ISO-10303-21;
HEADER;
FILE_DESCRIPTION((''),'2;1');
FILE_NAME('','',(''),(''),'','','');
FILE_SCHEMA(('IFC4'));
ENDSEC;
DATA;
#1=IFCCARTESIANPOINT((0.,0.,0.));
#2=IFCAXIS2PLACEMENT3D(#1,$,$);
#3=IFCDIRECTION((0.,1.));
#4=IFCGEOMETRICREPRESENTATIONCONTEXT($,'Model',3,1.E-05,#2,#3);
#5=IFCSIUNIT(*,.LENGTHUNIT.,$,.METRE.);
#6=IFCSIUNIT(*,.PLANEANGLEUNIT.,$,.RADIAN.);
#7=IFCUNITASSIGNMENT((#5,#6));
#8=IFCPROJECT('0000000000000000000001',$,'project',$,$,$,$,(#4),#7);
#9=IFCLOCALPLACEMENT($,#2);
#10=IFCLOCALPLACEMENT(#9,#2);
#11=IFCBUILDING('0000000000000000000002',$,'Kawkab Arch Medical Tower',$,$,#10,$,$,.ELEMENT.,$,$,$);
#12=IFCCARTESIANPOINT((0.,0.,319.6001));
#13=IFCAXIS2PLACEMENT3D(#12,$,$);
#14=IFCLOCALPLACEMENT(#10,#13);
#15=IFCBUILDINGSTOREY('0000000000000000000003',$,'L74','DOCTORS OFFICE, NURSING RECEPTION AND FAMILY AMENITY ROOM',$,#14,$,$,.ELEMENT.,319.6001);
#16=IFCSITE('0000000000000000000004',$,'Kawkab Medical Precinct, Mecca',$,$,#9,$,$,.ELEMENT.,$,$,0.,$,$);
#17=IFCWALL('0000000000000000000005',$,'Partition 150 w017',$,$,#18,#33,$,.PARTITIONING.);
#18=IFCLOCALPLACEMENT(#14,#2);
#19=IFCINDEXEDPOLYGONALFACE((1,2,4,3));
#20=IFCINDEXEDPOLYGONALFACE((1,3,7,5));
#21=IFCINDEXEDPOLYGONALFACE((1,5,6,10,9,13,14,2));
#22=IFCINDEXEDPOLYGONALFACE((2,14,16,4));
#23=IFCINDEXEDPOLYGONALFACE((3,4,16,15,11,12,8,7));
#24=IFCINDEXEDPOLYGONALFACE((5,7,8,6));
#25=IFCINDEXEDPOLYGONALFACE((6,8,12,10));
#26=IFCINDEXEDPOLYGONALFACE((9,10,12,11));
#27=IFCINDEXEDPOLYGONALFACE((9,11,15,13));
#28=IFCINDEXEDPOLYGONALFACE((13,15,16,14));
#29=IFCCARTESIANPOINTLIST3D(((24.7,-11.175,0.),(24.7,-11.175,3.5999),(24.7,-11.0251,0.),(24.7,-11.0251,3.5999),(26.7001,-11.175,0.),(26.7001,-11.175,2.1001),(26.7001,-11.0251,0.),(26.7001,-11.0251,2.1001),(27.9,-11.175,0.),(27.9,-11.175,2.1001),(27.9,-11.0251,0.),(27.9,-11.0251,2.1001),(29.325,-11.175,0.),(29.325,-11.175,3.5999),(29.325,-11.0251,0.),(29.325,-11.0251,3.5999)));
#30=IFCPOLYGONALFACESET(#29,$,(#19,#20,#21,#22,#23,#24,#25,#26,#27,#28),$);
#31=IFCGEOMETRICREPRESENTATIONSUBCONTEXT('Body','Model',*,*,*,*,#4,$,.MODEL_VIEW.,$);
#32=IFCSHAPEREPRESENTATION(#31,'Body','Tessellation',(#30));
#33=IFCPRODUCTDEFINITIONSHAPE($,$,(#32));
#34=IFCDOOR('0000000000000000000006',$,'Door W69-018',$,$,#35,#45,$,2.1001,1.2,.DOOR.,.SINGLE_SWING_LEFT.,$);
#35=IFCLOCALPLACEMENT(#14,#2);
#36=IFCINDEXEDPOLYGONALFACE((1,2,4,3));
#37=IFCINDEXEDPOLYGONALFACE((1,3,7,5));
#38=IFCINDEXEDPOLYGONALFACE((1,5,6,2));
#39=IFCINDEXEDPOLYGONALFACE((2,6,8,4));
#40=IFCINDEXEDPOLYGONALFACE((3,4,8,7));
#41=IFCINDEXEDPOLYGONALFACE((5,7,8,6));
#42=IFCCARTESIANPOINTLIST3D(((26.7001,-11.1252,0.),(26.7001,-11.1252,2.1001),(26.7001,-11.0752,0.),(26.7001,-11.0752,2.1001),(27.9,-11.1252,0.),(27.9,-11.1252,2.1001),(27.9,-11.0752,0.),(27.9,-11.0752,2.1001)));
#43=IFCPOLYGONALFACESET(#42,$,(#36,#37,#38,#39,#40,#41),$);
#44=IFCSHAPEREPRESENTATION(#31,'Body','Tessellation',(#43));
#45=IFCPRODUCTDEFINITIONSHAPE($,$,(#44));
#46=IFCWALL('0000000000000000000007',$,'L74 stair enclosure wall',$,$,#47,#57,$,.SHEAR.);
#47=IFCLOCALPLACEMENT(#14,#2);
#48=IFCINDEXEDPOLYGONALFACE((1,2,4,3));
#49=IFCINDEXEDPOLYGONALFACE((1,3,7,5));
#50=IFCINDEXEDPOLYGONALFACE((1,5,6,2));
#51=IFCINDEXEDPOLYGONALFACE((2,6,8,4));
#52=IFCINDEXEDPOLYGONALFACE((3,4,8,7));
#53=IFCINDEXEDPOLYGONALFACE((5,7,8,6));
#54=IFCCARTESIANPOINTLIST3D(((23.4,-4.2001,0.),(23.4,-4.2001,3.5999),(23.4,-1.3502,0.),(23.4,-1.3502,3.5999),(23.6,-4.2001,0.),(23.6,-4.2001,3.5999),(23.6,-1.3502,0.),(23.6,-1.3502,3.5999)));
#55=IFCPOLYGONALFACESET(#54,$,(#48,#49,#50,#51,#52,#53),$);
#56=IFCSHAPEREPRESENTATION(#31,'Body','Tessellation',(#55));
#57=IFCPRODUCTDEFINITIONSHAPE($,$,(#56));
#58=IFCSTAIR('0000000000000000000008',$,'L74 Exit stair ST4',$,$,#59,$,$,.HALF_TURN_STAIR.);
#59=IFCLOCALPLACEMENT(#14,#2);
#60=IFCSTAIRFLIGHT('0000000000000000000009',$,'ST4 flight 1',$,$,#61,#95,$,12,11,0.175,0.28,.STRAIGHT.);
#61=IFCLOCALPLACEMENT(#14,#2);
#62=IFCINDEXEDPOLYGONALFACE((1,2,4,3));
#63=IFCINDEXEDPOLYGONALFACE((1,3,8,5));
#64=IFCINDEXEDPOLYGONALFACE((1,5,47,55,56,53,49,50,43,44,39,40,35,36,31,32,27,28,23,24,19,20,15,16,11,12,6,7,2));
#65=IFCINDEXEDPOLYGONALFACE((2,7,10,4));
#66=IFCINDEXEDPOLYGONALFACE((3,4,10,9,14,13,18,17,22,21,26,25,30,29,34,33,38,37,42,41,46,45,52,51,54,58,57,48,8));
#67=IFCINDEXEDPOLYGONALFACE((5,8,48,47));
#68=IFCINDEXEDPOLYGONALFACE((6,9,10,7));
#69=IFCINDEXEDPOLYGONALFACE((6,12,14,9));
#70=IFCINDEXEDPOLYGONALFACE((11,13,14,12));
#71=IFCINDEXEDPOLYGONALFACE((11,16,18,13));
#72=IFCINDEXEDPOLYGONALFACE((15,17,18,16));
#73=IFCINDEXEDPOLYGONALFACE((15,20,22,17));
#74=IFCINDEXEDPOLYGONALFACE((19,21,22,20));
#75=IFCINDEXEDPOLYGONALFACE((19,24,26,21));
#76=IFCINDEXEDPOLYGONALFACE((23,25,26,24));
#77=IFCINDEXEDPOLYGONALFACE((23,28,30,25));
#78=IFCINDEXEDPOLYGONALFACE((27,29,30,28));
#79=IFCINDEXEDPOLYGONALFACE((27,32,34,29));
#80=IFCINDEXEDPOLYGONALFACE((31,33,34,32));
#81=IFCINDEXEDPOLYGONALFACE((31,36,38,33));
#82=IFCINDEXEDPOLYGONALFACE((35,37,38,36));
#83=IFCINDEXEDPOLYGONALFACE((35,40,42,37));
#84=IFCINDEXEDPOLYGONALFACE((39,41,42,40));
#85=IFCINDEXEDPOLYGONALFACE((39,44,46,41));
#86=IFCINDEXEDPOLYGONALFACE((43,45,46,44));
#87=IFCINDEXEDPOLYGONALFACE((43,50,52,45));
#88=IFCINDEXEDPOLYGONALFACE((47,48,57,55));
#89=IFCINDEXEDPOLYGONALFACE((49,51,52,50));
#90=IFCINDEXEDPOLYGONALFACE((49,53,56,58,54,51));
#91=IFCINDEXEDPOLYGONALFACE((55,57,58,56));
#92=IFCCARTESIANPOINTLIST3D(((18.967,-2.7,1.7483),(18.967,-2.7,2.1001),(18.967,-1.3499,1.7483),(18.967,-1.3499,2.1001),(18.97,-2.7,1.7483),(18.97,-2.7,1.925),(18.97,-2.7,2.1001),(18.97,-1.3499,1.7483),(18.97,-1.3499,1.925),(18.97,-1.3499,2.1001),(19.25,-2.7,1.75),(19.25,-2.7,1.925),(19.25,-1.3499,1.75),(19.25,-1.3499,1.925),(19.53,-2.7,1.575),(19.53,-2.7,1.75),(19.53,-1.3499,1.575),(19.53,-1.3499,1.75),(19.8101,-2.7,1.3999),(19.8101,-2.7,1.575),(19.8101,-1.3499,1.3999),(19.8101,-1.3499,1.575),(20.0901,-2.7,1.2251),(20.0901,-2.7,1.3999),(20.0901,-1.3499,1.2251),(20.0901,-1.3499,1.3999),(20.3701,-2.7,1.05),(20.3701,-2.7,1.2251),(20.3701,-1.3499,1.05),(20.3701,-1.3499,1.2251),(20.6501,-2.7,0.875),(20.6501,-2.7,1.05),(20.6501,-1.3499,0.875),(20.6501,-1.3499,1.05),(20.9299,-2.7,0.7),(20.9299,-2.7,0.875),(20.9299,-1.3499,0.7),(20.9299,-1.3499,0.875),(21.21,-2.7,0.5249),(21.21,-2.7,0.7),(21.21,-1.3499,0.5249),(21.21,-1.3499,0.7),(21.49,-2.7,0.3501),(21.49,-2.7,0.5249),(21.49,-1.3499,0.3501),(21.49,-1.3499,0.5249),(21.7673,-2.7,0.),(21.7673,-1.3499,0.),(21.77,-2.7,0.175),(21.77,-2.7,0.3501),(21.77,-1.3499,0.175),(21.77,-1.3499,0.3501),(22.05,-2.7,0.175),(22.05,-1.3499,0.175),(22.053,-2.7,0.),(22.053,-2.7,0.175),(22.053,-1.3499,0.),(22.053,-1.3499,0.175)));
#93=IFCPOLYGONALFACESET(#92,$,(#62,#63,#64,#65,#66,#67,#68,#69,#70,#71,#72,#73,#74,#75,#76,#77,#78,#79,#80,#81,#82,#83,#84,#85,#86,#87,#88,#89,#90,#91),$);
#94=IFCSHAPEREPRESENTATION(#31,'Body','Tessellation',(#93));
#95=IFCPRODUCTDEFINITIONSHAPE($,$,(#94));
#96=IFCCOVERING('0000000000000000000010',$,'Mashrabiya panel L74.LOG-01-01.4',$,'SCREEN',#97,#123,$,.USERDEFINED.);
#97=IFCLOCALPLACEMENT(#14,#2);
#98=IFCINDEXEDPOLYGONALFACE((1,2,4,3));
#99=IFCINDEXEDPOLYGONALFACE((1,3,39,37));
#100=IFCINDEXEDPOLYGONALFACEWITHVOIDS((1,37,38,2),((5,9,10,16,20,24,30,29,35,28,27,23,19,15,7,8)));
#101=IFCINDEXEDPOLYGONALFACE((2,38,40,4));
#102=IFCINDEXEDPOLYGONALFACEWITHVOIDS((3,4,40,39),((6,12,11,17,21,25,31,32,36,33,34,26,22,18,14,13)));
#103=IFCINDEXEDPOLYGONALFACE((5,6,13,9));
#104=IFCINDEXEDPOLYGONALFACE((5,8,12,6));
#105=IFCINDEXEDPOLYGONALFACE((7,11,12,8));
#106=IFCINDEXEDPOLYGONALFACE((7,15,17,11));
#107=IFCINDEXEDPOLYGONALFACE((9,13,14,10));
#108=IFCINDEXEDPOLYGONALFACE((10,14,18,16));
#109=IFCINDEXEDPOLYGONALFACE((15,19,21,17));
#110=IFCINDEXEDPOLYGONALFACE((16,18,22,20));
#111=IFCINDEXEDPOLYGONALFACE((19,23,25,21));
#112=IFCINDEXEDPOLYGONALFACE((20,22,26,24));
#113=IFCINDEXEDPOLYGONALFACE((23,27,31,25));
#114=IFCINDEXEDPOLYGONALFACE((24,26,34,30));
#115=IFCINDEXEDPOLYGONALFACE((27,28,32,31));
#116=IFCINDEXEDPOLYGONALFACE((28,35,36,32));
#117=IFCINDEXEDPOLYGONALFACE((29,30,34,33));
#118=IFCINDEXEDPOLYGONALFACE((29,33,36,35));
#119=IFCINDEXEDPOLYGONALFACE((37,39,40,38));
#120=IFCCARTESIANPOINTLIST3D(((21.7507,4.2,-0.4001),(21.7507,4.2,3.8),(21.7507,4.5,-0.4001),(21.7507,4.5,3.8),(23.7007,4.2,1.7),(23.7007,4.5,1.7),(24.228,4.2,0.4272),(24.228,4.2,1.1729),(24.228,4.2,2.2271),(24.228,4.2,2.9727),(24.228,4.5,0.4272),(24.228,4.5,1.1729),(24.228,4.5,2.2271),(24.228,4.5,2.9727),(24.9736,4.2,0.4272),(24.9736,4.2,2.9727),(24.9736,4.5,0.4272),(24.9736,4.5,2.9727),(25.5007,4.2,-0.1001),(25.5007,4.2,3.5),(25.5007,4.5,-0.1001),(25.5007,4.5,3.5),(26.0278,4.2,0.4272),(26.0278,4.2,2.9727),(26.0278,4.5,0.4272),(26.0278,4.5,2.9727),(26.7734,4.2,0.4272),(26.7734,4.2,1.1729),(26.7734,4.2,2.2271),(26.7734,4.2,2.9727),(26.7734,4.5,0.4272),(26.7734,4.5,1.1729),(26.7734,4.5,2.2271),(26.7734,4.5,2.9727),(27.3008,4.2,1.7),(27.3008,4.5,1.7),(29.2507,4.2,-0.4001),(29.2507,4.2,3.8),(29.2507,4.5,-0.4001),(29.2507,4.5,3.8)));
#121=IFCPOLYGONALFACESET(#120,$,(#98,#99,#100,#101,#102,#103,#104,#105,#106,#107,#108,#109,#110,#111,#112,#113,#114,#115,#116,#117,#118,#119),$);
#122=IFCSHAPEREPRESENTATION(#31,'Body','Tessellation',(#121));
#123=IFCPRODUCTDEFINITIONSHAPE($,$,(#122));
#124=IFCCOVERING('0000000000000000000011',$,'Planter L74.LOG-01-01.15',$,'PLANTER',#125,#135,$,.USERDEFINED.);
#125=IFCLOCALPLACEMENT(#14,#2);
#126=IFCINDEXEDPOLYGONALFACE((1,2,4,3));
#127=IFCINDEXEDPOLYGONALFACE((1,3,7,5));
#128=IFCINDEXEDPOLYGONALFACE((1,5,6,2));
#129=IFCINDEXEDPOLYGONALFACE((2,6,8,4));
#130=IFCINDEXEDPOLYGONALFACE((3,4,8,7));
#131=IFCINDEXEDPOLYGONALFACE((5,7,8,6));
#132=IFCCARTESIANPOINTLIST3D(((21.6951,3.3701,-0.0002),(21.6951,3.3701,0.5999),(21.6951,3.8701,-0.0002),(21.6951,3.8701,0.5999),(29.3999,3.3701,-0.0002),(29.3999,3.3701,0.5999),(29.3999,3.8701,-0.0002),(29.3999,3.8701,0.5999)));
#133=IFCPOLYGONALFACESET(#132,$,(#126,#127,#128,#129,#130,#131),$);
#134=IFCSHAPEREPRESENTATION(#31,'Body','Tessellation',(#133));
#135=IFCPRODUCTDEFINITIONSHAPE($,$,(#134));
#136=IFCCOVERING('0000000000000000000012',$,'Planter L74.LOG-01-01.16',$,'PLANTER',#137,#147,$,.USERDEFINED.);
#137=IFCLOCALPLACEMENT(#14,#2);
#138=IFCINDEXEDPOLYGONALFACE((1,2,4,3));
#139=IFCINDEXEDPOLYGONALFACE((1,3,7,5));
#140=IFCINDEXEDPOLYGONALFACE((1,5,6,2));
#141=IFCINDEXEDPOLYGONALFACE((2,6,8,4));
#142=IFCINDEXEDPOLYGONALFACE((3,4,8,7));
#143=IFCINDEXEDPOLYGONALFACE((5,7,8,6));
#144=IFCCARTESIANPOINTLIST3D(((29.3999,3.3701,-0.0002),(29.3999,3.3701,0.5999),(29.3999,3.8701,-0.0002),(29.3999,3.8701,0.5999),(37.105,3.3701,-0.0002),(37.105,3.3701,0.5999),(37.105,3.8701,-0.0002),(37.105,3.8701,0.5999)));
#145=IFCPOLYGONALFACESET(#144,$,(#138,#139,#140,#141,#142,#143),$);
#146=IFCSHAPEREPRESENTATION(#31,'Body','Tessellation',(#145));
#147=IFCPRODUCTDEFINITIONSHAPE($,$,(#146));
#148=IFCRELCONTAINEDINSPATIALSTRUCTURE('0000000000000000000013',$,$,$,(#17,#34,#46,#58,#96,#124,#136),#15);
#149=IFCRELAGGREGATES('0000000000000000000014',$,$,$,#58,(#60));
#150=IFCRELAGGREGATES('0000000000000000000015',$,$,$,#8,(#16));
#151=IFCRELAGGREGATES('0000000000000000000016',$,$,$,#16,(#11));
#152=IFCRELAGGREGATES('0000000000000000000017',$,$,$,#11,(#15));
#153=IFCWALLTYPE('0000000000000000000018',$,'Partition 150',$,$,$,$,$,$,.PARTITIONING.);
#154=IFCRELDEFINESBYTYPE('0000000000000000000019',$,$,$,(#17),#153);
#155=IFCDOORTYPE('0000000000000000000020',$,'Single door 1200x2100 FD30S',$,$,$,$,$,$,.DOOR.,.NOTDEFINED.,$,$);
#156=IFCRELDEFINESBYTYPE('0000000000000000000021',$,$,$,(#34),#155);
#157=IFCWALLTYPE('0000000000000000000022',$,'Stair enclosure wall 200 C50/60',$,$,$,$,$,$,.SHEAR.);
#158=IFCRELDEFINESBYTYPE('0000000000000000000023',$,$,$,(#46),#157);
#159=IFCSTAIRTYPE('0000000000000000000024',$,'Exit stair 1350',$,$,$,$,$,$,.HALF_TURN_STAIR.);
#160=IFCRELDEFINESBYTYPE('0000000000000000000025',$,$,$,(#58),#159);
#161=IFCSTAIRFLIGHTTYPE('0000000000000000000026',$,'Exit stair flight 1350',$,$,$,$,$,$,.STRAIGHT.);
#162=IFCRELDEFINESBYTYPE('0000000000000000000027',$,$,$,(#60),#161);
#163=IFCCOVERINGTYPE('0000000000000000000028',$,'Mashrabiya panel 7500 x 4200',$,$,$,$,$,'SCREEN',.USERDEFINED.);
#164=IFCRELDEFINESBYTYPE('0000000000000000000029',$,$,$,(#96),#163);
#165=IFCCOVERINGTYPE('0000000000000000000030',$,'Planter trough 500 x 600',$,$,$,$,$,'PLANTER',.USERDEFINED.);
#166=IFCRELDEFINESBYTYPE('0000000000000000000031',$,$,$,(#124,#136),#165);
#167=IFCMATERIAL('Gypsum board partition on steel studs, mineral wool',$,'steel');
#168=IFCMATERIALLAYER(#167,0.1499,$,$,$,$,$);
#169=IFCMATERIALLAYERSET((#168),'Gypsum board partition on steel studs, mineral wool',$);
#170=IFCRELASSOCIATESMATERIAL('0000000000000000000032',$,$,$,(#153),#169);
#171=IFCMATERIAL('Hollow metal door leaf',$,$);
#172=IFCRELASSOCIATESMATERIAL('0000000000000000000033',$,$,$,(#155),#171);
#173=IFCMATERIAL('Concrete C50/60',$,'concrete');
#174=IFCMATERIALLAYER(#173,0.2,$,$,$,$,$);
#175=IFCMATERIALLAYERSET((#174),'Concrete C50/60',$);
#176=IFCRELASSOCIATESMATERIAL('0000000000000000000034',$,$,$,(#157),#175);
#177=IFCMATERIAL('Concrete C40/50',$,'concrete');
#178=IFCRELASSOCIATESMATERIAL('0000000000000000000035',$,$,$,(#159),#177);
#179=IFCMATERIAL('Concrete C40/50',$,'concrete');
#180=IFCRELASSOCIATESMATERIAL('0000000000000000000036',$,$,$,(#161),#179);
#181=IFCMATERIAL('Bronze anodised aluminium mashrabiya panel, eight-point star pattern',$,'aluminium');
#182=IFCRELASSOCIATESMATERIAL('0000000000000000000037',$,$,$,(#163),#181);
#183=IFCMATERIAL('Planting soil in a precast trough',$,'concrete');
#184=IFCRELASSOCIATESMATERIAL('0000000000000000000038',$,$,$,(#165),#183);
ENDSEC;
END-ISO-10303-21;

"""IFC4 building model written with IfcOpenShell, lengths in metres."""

from ifc_helpers import new_model, si_unit, direction, frame, frame_2d, origin, origin_2d, place, context, subcontext, project, spatial, polyline, rectangle, outline, extrude, material, layer, layer_set, material_profile, profile_set, type_object, element, fill, aggregate, save


model = new_model("IFC4")

# Units and contexts
model_context = context("Model", 3, precision=1e-05, world=origin(), true_north=direction((0.0, 1.0)))
body_context = subcontext(model_context, "Body", "Model", "MODEL_VIEW")
ifc_project = project(units=[si_unit("LENGTHUNIT", "METRE"), si_unit("PLANEANGLEUNIT", "RADIAN")], contexts=[model_context])

# Site, building, storey
site_placement = place(None, origin())
site = spatial("IfcSite", under=ifc_project, at=site_placement, Name="Kawkab Medical Precinct, Mecca", CompositionType="ELEMENT", RefElevation=0.0)
building_placement = place(site_placement, origin())
building = spatial("IfcBuilding", under=site, at=building_placement, Name="Kawkab Arch Medical Tower", CompositionType="ELEMENT")
storey_placement = place(building_placement, frame((0.0, 0.0, 319.6001)))
storey = spatial("IfcBuildingStorey", under=building, at=storey_placement, Name="L74", Description="DOCTORS OFFICE, NURSING RECEPTION AND FAMILY AMENITY ROOM", CompositionType="ELEMENT", Elevation=319.6001)

# Shared definitions
placement = place(storey_placement, origin())

# Wall, opening, door
ifc_material_1 = material(Name="Gypsum board partition on steel studs, mineral wool", Category="steel")
ifc_layer_1 = layer(ifc_material_1, 0.1499)
ifc_layer_set_1 = layer_set([ifc_layer_1], Name="Gypsum board partition on steel studs, mineral wool")
wall_type_1 = type_object("IfcWallType", Name="Partition 150", PredefinedType="PARTITIONING", material=ifc_layer_set_1)
wall_1_placement = place(storey_placement, frame((24.7, -11.1001, 0.0), z_axis=(0.0, 0.0, 1.0), x_axis=(1.0, 0.0, 0.0)))
wall_1 = element("IfcWall", 1, at=wall_1_placement, inside=storey, type_object=wall_type_1, Name="Partition 150 w017", PredefinedType="PARTITIONING", context=body_context, shape_type="SweptSolid", body=[
    extrude(rectangle(XDim=4.625, YDim=0.1499, at=frame_2d((2.3125, 0.0))), origin(), (0.0, 0.0, 1.0), 3.5999),
])
opening_1_placement = place(wall_1_placement, frame((2.0, 0.0, 0.0)))
opening_1 = element("IfcOpeningElement", 2, at=opening_1_placement, cuts=wall_1, PredefinedType="OPENING", context=body_context, shape_type="SweptSolid", body=[
    extrude(rectangle(XDim=1.2, YDim=2.1001, at=frame_2d((0.6001, 1.05))), frame((0.0, 0.085, 0.0), z_axis=(0.0, -1.0, 0.0), x_axis=(1.0, 0.0, 0.0)), (0.0, 0.0, 1.0), 0.1699),
])
ifc_material_2 = material(Name="Hollow metal door leaf")
door_type_1 = type_object("IfcDoorType", Name="Single door 1200x2100 FD30S", OperationType="NOTDEFINED", PredefinedType="DOOR", material=ifc_material_2)
door_1_placement = place(opening_1_placement, origin())
door_1 = element("IfcDoor", 3, at=door_1_placement, inside=storey, type_object=door_type_1, Name="Door W69-018", OperationType="SINGLE_SWING_LEFT", OverallHeight=2.1001, OverallWidth=1.2, PredefinedType="DOOR", context=body_context, shape_type="SweptSolid", body=[
    extrude(rectangle(XDim=1.2, YDim=2.1001, at=frame_2d((0.6001, 1.05))), frame((0.0, 0.0249, 0.0), z_axis=(0.0, -1.0, 0.0), x_axis=(1.0, 0.0, 0.0)), (0.0, 0.0, 1.0), 0.05),
])
fill(opening_1, door_1)

# Wall
ifc_material_3 = material(Name="Concrete C50/60", Category="concrete")
ifc_layer_2 = layer(ifc_material_3, 0.2)
ifc_layer_set_2 = layer_set([ifc_layer_2], Name="Concrete C50/60")
wall_type_2 = type_object("IfcWallType", Name="Stair enclosure wall 200 C50/60", PredefinedType="SHEAR", material=ifc_layer_set_2)
wall_2_placement = place(storey_placement, frame((23.5, -4.2, 0.0), z_axis=(0.0, 0.0, 1.0), x_axis=(0.0, 1.0, 0.0)))
element("IfcWall", 4, at=wall_2_placement, inside=storey, type_object=wall_type_2, Name="L74 stair enclosure wall", PredefinedType="SHEAR", context=body_context, shape_type="SweptSolid", body=[
    extrude(rectangle(XDim=2.8499, YDim=0.2, at=frame_2d((1.4248, 0.0))), origin(), (0.0, 0.0, 1.0), 3.5999),
])

# Stair, stair flight
ifc_material_4 = material(Name="Concrete C40/50", Category="concrete")
stair_type = type_object("IfcStairType", Name="Exit stair 1350", PredefinedType="HALF_TURN_STAIR", material=ifc_material_4)
stair = element("IfcStair", 5, at=placement, inside=storey, type_object=stair_type, Name="L74 Exit stair ST4", PredefinedType="HALF_TURN_STAIR")
ifc_material_5 = material(Name="Concrete C40/50", Category="concrete")
stair_flight_type = type_object("IfcStairFlightType", Name="Exit stair flight 1350", PredefinedType="STRAIGHT", material=ifc_material_5)
stair_flight_placement = place(storey_placement, frame((22.05, -2.0249, 0.0), z_axis=(0.0, 0.0, 1.0), x_axis=(-1.0, 0.0, 0.0)))
stair_flight = element("IfcStairFlight", 6, at=stair_flight_placement, type_object=stair_flight_type, Name="ST4 flight 1", NumberOfRisers=12, NumberOfTreads=11, PredefinedType="STRAIGHT", RiserHeight=0.175, TreadLength=0.28, context=body_context, shape_type="SweptSolid", body=[
    extrude(outline(polyline([(-0.0029, 0.0), (-0.0029, 0.175), (0.0, 0.175), (0.28, 0.175), (0.28, 0.3501), (0.5601, 0.3501), (0.5601, 0.5249), (0.8401, 0.5249), (0.8401, 0.7), (1.1201, 0.7), (1.1201, 0.875), (1.3999, 0.875), (1.3999, 1.05), (1.6799, 1.05), (1.6799, 1.2251), (1.96, 1.2251), (1.96, 1.3999), (2.24, 1.3999), (2.24, 1.575), (2.52, 1.575), (2.52, 1.75), (2.8, 1.75), (2.8, 1.925), (3.0801, 1.925), (3.0801, 2.1001), (3.083, 2.1001), (3.083, 1.7483), (3.0801, 1.7483), (0.2827, 0.0), (-0.0029, 0.0)])), frame((0.0, 0.675, 0.0), z_axis=(0.0, -1.0, 0.0), x_axis=(1.0, 0.0, 0.0)), (0.0, 0.0, 1.0), 1.3501),
])
aggregate(stair, [stair_flight])

# Coverings
ifc_material_6 = material(Name="Bronze anodised aluminium mashrabiya panel, eight-point star pattern", Category="aluminium")
ifc_material_profile_1 = material_profile(ifc_material_6, outline(polyline([(-3.75, -2.1001), (3.75, -2.1001), (3.75, 2.1001), (-3.75, 2.1001), (-3.75, -2.1001)]), holes=[polyline([(1.8, 0.0), (1.2727, 0.5271), (1.2727, 1.2727), (0.5271, 1.2727), (0.0, 1.8), (-0.5271, 1.2727), (-1.2727, 1.2727), (-1.2727, 0.5271), (-1.8, 0.0), (-1.2727, -0.5271), (-1.2727, -1.2727), (-0.5271, -1.2727), (0.0, -1.8), (0.5271, -1.2727), (1.2727, -1.2727), (1.2727, -0.5271), (1.8, 0.0)])]), Name="Mashrabiya panel 7500x4200")
ifc_profile_set_1 = profile_set([ifc_material_profile_1], Name="Bronze anodised aluminium mashrabiya panel, eight-point star pattern")
covering_type_1 = type_object("IfcCoveringType", Name="Mashrabiya panel 7500 x 4200", ElementType="SCREEN", PredefinedType="USERDEFINED", material=ifc_profile_set_1)
covering_1_placement = place(storey_placement, frame((25.5007, 4.2, 1.7), z_axis=(0.0, 1.0, 0.0), x_axis=(-1.0, 0.0, 0.0)))
element("IfcCovering", 7, at=covering_1_placement, inside=storey, type_object=covering_type_1, Name="Mashrabiya panel L74.LOG-01-01.4", ObjectType="SCREEN", PredefinedType="USERDEFINED", context=body_context, shape_type="SweptSolid", body=[
    extrude(outline(polyline([(-3.75, -2.1001), (3.75, -2.1001), (3.75, 2.1001), (-3.75, 2.1001), (-3.75, -2.1001)]), holes=[polyline([(1.8, 0.0), (1.2727, 0.5271), (1.2727, 1.2727), (0.5271, 1.2727), (0.0, 1.8), (-0.5271, 1.2727), (-1.2727, 1.2727), (-1.2727, 0.5271), (-1.8, 0.0), (-1.2727, -0.5271), (-1.2727, -1.2727), (-0.5271, -1.2727), (0.0, -1.8), (0.5271, -1.2727), (1.2727, -1.2727), (1.2727, -0.5271), (1.8, 0.0)])]), origin(), (0.0, 0.0, 1.0), 0.3),
])
ifc_material_7 = material(Name="Planting soil in a precast trough", Category="concrete")
ifc_material_profile_2 = material_profile(ifc_material_7, rectangle(XDim=0.5, YDim=0.6001, at=origin_2d()), Name="Trough 500x600")
ifc_profile_set_2 = profile_set([ifc_material_profile_2], Name="Planting soil in a precast trough")
covering_type_2 = type_object("IfcCoveringType", Name="Planter trough 500 x 600", ElementType="PLANTER", PredefinedType="USERDEFINED", material=ifc_profile_set_2)
covering_2_placement = place(storey_placement, frame((21.6951, 3.6201, 0.2998), z_axis=(1.0, 0.0, 0.0), x_axis=(0.0, 1.0, 0.0)))
element("IfcCovering", 8, at=covering_2_placement, inside=storey, type_object=covering_type_2, Name="Planter L74.LOG-01-01.15", ObjectType="PLANTER", PredefinedType="USERDEFINED", context=body_context, shape_type="SweptSolid", body=[
    extrude(rectangle(XDim=0.5, YDim=0.6001, at=origin_2d()), origin(), (0.0, 0.0, 1.0), 7.7048),
])
covering_3_placement = place(storey_placement, frame((29.3999, 3.6201, 0.2998), z_axis=(1.0, 0.0, 0.0), x_axis=(0.0, 1.0, 0.0)))
element("IfcCovering", 9, at=covering_3_placement, inside=storey, type_object=covering_type_2, Name="Planter L74.LOG-01-01.16", ObjectType="PLANTER", PredefinedType="USERDEFINED", context=body_context, shape_type="SweptSolid", body=[
    extrude(rectangle(XDim=0.5, YDim=0.6001, at=origin_2d()), origin(), (0.0, 0.0, 1.0), 7.7051),
])

save(model, "model.ifc")
